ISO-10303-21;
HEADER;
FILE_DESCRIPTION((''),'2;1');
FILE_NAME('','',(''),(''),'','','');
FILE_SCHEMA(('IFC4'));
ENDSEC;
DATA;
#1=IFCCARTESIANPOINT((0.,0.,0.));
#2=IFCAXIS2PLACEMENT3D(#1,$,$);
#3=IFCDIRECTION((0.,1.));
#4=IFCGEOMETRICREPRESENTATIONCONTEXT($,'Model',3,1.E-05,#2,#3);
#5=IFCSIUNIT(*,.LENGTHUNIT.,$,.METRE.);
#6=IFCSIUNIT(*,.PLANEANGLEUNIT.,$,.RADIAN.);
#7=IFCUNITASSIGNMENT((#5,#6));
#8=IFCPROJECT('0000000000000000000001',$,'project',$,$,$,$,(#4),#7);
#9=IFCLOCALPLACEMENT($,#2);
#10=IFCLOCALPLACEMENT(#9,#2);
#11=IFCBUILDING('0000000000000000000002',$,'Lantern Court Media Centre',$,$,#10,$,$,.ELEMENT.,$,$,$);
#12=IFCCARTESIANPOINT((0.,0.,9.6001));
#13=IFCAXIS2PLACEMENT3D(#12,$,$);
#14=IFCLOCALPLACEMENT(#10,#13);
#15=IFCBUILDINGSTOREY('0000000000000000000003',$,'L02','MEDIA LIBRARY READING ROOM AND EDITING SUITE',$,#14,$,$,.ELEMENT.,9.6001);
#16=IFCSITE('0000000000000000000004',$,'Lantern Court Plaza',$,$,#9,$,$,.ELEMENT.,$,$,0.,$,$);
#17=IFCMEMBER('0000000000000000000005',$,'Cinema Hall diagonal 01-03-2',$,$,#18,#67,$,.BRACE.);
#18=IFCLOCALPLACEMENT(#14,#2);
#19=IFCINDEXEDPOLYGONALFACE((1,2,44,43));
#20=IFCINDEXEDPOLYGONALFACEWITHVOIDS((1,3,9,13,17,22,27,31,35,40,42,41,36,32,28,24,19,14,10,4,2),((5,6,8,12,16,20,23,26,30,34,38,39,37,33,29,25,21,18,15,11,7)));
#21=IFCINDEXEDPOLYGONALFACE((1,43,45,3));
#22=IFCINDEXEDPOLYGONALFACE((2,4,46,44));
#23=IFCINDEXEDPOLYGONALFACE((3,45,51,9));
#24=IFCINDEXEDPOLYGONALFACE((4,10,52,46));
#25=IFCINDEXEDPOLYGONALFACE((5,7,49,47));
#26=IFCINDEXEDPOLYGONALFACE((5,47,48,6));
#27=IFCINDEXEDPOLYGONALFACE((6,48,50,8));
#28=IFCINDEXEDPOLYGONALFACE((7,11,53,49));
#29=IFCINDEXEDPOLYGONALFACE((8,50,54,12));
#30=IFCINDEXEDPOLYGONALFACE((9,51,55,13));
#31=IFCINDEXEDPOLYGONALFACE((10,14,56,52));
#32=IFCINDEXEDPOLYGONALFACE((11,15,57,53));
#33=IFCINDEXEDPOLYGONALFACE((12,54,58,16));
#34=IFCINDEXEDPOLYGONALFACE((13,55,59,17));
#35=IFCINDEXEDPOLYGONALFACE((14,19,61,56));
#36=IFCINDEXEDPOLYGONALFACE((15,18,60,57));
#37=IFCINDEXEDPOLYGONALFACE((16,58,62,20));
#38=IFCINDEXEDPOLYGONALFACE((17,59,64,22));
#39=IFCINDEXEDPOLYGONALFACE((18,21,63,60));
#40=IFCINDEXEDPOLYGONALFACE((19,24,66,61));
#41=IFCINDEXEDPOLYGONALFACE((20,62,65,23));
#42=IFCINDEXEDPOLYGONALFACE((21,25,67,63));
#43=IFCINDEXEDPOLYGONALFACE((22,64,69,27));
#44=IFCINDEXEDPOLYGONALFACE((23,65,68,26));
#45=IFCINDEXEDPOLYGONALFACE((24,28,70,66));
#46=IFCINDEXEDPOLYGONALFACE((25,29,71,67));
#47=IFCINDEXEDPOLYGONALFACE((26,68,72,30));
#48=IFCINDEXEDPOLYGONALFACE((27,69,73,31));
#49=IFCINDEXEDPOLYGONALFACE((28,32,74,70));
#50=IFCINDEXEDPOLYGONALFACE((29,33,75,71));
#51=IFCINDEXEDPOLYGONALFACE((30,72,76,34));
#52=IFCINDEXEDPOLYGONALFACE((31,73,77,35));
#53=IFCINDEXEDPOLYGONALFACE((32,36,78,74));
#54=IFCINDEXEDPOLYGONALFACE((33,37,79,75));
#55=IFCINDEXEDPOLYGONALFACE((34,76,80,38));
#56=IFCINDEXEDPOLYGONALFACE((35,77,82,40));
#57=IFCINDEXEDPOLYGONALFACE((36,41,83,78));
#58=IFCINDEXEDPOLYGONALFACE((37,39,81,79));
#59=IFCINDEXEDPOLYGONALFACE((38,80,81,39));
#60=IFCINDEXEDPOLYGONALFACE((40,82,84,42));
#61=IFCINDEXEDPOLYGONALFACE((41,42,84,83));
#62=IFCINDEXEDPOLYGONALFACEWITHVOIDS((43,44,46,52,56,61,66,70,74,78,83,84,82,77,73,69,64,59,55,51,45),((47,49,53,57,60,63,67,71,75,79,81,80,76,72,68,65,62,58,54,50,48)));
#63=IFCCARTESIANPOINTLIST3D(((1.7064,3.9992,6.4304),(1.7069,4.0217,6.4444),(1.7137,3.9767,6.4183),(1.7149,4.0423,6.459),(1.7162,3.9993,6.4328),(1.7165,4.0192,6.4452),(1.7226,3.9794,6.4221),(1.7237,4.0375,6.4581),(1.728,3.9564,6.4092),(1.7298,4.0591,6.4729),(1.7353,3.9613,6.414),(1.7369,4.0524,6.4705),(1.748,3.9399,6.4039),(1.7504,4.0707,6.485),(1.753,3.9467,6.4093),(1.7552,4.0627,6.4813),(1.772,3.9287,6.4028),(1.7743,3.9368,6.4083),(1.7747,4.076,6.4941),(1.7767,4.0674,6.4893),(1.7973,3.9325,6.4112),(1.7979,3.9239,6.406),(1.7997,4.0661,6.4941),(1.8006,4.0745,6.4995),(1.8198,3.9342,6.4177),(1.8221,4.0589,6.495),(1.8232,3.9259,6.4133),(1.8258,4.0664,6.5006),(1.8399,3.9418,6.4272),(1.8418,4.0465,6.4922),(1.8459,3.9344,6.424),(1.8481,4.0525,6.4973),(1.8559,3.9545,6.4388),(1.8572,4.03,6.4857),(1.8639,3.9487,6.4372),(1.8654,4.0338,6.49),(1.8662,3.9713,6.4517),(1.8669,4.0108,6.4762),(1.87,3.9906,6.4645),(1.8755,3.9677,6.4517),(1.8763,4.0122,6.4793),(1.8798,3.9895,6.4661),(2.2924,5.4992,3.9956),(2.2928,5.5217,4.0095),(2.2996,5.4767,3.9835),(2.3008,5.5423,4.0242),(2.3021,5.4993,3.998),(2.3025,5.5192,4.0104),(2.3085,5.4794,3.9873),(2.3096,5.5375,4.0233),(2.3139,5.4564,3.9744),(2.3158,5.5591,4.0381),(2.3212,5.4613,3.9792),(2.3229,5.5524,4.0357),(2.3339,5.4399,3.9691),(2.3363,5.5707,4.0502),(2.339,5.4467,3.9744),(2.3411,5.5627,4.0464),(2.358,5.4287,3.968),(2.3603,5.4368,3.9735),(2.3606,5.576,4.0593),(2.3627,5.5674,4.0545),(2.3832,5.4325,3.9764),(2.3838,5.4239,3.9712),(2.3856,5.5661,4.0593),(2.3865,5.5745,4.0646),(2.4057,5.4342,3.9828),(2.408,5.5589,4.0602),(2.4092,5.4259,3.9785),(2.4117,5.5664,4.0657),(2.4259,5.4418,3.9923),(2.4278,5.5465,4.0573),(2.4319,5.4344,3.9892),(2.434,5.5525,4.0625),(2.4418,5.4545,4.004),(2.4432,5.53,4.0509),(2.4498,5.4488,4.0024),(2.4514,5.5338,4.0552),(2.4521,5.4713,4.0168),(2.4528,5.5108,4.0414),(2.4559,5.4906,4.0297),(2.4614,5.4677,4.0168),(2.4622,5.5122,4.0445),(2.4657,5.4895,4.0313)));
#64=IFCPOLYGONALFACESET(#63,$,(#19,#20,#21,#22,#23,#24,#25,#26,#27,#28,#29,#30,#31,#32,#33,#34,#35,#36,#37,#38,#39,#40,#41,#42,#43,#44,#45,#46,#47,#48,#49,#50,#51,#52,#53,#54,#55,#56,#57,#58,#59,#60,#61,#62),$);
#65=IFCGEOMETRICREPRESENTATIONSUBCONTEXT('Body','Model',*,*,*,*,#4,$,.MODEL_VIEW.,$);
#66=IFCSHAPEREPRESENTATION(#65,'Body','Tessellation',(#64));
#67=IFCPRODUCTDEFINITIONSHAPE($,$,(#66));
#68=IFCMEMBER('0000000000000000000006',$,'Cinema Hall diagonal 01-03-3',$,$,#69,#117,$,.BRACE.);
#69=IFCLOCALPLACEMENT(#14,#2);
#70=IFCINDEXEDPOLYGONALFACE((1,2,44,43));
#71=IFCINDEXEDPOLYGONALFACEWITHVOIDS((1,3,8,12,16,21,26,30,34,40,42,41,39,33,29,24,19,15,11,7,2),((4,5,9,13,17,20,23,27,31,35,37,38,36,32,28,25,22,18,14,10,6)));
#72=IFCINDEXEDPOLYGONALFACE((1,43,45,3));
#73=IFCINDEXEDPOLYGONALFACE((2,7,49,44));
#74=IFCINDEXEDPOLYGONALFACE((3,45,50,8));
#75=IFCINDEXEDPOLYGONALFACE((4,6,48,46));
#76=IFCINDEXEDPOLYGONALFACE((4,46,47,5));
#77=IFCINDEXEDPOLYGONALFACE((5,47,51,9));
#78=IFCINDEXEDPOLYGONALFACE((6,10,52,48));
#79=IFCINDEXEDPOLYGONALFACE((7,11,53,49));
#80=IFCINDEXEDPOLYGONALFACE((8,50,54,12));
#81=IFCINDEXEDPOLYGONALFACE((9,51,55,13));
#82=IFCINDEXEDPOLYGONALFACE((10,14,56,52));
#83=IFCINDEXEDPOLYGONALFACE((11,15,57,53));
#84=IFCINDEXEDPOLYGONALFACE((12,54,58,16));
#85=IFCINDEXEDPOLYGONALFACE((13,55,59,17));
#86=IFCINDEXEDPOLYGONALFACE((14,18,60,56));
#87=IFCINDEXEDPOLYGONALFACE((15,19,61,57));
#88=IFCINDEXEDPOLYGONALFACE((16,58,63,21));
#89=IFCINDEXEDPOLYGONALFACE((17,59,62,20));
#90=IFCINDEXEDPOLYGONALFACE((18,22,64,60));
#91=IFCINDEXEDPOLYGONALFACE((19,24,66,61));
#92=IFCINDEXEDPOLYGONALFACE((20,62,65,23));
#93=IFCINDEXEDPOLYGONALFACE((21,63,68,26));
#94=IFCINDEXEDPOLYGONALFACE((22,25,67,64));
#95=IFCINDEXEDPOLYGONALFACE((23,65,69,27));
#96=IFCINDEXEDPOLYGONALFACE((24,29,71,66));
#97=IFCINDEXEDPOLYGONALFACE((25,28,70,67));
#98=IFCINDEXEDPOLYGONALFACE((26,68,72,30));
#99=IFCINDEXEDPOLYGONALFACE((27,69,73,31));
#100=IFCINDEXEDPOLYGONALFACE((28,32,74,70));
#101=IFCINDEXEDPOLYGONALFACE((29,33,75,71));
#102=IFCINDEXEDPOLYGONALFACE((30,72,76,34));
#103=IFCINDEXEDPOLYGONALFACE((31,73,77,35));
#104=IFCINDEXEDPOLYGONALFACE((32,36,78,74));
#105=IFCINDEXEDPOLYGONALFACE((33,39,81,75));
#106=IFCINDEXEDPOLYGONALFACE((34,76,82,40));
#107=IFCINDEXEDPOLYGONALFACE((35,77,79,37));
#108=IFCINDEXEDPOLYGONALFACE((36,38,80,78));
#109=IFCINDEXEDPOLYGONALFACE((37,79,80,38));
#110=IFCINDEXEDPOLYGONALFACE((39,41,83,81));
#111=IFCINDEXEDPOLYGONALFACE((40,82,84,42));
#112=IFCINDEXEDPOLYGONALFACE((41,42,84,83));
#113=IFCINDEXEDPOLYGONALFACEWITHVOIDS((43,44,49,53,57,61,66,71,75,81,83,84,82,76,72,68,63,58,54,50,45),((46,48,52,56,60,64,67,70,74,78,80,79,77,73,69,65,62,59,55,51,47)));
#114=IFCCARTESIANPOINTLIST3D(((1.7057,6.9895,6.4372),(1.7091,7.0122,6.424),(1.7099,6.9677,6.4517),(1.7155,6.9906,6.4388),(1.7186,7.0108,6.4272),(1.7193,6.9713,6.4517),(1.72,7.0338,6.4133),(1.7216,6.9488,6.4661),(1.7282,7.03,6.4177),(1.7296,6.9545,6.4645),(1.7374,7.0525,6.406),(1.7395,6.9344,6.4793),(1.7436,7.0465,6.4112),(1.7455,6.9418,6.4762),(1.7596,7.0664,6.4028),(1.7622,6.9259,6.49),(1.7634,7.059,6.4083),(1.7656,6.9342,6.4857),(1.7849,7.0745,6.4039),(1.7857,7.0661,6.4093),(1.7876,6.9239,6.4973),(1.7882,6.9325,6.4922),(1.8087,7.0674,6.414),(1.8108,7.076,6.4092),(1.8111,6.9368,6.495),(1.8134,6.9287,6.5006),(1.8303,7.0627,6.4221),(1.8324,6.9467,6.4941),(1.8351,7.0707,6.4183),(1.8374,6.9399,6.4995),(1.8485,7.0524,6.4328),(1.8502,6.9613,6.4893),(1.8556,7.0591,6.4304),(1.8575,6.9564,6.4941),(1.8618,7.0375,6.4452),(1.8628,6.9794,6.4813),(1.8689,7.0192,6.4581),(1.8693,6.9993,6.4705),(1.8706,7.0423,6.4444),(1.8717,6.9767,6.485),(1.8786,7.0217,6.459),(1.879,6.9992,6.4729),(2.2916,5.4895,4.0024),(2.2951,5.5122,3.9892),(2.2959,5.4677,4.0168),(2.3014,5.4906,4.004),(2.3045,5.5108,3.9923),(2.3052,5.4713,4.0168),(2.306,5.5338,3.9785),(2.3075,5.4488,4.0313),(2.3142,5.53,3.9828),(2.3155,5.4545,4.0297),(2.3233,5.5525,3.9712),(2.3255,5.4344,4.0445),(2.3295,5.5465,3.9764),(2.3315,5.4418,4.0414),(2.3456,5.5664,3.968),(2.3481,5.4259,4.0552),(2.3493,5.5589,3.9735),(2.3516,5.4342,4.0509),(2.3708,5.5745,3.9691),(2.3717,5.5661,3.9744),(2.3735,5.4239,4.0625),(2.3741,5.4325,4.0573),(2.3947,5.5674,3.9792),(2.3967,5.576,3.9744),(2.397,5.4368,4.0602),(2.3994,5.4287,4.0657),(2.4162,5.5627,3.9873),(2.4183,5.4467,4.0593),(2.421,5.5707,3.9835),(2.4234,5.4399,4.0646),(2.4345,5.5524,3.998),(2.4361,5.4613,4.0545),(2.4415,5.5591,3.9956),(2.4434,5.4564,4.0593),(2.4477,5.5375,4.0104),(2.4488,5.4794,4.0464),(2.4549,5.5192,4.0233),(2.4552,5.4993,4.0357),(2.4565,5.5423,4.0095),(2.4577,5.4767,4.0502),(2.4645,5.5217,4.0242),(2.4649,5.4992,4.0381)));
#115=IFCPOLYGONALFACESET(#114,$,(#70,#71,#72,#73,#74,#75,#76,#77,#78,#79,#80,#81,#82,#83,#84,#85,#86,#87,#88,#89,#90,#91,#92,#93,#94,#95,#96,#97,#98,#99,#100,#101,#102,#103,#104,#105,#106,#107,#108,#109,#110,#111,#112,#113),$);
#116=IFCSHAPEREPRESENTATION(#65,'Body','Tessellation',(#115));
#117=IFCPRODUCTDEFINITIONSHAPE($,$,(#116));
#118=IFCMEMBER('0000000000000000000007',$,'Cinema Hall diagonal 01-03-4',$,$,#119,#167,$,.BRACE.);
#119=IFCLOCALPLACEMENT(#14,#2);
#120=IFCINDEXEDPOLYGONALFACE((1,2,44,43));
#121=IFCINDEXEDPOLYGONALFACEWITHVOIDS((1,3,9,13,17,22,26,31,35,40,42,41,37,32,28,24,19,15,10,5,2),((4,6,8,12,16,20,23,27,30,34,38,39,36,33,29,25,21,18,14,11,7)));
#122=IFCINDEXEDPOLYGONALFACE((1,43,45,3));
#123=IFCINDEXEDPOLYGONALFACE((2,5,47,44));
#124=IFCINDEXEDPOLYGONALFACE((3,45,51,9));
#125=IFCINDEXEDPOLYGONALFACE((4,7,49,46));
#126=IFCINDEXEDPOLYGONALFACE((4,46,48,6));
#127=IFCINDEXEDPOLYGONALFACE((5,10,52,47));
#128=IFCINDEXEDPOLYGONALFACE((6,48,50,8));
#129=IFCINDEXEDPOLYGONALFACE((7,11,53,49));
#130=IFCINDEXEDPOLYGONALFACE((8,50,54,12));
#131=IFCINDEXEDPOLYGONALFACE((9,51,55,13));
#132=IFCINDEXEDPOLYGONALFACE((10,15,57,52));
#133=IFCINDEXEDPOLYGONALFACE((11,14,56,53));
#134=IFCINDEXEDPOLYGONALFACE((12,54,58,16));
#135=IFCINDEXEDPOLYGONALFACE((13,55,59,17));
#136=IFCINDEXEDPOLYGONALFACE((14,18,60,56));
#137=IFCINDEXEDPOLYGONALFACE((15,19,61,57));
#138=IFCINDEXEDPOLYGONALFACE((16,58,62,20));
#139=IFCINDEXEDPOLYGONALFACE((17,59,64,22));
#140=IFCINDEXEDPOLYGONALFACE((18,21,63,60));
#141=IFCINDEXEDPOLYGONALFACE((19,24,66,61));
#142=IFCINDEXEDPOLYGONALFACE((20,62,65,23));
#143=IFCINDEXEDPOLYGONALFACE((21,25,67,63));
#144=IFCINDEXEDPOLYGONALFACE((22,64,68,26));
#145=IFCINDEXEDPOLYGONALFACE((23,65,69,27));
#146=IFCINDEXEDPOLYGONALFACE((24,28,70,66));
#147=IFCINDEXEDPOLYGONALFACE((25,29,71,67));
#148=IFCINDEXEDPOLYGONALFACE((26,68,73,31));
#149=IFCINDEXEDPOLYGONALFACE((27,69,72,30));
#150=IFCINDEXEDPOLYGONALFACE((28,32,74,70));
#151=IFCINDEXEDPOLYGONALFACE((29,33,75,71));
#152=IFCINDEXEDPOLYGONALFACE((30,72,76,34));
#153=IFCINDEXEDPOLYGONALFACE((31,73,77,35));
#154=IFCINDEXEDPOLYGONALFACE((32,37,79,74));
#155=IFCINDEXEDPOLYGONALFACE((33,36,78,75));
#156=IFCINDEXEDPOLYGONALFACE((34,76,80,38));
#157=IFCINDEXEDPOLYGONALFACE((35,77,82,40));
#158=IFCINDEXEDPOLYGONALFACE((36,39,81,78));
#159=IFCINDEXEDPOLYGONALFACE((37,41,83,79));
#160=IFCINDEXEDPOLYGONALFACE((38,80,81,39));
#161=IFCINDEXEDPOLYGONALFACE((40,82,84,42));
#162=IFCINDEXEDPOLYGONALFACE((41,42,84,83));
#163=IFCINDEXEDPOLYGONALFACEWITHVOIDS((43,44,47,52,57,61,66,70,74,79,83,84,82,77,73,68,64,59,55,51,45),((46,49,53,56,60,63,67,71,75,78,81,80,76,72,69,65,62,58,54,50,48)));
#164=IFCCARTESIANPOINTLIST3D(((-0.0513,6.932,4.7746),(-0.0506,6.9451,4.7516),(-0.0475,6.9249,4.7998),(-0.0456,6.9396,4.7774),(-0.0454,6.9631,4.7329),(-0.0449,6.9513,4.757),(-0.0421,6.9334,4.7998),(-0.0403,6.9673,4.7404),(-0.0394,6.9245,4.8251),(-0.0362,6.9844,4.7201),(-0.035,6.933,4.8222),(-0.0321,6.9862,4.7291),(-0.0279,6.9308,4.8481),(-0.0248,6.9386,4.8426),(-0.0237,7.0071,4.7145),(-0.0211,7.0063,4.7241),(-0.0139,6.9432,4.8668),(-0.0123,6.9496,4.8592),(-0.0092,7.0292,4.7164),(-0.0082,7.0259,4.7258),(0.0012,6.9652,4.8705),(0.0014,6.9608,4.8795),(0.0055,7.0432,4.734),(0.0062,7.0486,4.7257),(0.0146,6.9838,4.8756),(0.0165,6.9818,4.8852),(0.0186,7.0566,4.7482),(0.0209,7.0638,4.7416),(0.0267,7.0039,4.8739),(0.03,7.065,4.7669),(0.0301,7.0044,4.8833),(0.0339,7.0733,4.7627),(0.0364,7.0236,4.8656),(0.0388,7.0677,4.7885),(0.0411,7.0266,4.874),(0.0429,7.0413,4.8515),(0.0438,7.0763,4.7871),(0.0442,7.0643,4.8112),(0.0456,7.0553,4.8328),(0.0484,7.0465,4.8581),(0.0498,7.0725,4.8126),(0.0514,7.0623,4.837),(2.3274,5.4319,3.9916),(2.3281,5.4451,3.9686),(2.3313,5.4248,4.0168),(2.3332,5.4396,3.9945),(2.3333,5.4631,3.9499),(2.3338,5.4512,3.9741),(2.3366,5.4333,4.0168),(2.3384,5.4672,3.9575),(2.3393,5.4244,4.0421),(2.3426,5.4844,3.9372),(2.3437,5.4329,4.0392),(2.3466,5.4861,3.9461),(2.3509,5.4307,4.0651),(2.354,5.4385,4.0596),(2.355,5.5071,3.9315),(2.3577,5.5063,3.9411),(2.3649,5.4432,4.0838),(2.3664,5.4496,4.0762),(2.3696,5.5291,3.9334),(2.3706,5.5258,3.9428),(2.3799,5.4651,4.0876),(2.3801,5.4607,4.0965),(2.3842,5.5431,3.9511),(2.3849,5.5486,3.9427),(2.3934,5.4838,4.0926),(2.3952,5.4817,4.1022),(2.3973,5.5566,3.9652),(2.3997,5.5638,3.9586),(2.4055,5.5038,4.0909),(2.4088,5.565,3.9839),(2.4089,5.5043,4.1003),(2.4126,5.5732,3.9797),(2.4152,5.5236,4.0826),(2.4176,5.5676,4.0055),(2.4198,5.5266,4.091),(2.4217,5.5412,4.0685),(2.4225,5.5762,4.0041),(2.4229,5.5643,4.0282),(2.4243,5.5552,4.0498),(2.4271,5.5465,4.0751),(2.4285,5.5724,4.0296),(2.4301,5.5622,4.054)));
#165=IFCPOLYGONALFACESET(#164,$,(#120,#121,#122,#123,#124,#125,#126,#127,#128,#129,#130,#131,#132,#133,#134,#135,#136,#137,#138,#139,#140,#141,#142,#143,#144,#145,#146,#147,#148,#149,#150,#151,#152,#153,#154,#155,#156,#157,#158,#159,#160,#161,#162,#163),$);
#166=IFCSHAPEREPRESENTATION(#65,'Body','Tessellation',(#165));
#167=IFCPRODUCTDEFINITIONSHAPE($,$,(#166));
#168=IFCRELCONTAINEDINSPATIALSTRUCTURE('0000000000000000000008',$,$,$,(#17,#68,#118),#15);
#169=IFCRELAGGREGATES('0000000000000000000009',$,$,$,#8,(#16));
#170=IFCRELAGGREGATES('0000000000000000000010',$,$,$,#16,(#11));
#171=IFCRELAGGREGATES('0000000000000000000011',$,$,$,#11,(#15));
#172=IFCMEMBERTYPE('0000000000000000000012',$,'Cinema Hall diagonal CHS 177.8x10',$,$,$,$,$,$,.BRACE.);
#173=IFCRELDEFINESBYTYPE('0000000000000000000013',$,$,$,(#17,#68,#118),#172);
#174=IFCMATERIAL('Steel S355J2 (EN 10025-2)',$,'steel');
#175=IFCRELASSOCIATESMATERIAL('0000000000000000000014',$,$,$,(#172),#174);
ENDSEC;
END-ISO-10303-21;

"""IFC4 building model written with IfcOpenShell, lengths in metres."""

from ifc_helpers import new_model, si_unit, direction, frame, origin, origin_2d, place, context, subcontext, project, spatial, hollow_circle, extrude, material, material_profile, profile_set, type_object, element, save


model = new_model("IFC4")

# Units and contexts
model_context = context("Model", 3, precision=1e-05, world=origin(), true_north=direction((0.0, 1.0)))
body_context = subcontext(model_context, "Body", "Model", "MODEL_VIEW")
ifc_project = project(units=[si_unit("LENGTHUNIT", "METRE"), si_unit("PLANEANGLEUNIT", "RADIAN")], contexts=[model_context])

# Site, building, storey
site_placement = place(None, origin())
site = spatial("IfcSite", under=ifc_project, at=site_placement, Name="Lantern Court Plaza", CompositionType="ELEMENT", RefElevation=0.0)
building_placement = place(site_placement, origin())
building = spatial("IfcBuilding", under=site, at=building_placement, Name="Lantern Court Media Centre", CompositionType="ELEMENT")
storey_placement = place(building_placement, frame((0.0, 0.0, 9.6001)))
storey = spatial("IfcBuildingStorey", under=building, at=storey_placement, Name="L02", Description="MEDIA LIBRARY READING ROOM AND EDITING SUITE", CompositionType="ELEMENT", Elevation=9.6001)

# Shared definitions
ifc_material = material(Name="Steel S355J2 (EN 10025-2)", Category="steel")

# Members
ifc_material_profile_1 = material_profile(ifc_material, hollow_circle(Radius=0.0889, WallThickness=0.01, at=origin_2d()), Name="Cinema Hall diagonal CHS 177.8x10")
ifc_profile_set_1 = profile_set([ifc_material_profile_1], Name="Steel S355J2 (EN 10025-2)")
member_type_1 = type_object("IfcMemberType", Name="Cinema Hall diagonal CHS 177.8x10", PredefinedType="BRACE", material=ifc_profile_set_1)
for number, where, z_axis, x_axis, name in (
    (1, (2.3787, 5.5, 4.0168), (-0.20072, -0.513842, 0.834073), (0.931457, -0.363851, 0.0), "Cinema Hall diagonal 01-03-2"),
    (2, (2.3787, 5.5, 4.0168), (-0.20072, 0.513842, 0.834073), (-0.931457, -0.363851, 0.0), "Cinema Hall diagonal 01-03-3"),
    (3, (2.3787, 5.5, 4.0168), (-0.814866, 0.51386, 0.268221), (-0.533405, -0.84586, 0.0), "Cinema Hall diagonal 01-03-4"),
):
    element("IfcMember", number, at=place(storey_placement, frame(where, z_axis=z_axis, x_axis=x_axis)), inside=storey, type_object=member_type_1, Name=name, PredefinedType="BRACE", context=body_context, shape_type="SweptSolid", body=[
        extrude(hollow_circle(Radius=0.0889, WallThickness=0.01, at=origin_2d()), origin(), (0.0, 0.0, 1.0), 2.9192),
    ])

save(model, "model.ifc")
